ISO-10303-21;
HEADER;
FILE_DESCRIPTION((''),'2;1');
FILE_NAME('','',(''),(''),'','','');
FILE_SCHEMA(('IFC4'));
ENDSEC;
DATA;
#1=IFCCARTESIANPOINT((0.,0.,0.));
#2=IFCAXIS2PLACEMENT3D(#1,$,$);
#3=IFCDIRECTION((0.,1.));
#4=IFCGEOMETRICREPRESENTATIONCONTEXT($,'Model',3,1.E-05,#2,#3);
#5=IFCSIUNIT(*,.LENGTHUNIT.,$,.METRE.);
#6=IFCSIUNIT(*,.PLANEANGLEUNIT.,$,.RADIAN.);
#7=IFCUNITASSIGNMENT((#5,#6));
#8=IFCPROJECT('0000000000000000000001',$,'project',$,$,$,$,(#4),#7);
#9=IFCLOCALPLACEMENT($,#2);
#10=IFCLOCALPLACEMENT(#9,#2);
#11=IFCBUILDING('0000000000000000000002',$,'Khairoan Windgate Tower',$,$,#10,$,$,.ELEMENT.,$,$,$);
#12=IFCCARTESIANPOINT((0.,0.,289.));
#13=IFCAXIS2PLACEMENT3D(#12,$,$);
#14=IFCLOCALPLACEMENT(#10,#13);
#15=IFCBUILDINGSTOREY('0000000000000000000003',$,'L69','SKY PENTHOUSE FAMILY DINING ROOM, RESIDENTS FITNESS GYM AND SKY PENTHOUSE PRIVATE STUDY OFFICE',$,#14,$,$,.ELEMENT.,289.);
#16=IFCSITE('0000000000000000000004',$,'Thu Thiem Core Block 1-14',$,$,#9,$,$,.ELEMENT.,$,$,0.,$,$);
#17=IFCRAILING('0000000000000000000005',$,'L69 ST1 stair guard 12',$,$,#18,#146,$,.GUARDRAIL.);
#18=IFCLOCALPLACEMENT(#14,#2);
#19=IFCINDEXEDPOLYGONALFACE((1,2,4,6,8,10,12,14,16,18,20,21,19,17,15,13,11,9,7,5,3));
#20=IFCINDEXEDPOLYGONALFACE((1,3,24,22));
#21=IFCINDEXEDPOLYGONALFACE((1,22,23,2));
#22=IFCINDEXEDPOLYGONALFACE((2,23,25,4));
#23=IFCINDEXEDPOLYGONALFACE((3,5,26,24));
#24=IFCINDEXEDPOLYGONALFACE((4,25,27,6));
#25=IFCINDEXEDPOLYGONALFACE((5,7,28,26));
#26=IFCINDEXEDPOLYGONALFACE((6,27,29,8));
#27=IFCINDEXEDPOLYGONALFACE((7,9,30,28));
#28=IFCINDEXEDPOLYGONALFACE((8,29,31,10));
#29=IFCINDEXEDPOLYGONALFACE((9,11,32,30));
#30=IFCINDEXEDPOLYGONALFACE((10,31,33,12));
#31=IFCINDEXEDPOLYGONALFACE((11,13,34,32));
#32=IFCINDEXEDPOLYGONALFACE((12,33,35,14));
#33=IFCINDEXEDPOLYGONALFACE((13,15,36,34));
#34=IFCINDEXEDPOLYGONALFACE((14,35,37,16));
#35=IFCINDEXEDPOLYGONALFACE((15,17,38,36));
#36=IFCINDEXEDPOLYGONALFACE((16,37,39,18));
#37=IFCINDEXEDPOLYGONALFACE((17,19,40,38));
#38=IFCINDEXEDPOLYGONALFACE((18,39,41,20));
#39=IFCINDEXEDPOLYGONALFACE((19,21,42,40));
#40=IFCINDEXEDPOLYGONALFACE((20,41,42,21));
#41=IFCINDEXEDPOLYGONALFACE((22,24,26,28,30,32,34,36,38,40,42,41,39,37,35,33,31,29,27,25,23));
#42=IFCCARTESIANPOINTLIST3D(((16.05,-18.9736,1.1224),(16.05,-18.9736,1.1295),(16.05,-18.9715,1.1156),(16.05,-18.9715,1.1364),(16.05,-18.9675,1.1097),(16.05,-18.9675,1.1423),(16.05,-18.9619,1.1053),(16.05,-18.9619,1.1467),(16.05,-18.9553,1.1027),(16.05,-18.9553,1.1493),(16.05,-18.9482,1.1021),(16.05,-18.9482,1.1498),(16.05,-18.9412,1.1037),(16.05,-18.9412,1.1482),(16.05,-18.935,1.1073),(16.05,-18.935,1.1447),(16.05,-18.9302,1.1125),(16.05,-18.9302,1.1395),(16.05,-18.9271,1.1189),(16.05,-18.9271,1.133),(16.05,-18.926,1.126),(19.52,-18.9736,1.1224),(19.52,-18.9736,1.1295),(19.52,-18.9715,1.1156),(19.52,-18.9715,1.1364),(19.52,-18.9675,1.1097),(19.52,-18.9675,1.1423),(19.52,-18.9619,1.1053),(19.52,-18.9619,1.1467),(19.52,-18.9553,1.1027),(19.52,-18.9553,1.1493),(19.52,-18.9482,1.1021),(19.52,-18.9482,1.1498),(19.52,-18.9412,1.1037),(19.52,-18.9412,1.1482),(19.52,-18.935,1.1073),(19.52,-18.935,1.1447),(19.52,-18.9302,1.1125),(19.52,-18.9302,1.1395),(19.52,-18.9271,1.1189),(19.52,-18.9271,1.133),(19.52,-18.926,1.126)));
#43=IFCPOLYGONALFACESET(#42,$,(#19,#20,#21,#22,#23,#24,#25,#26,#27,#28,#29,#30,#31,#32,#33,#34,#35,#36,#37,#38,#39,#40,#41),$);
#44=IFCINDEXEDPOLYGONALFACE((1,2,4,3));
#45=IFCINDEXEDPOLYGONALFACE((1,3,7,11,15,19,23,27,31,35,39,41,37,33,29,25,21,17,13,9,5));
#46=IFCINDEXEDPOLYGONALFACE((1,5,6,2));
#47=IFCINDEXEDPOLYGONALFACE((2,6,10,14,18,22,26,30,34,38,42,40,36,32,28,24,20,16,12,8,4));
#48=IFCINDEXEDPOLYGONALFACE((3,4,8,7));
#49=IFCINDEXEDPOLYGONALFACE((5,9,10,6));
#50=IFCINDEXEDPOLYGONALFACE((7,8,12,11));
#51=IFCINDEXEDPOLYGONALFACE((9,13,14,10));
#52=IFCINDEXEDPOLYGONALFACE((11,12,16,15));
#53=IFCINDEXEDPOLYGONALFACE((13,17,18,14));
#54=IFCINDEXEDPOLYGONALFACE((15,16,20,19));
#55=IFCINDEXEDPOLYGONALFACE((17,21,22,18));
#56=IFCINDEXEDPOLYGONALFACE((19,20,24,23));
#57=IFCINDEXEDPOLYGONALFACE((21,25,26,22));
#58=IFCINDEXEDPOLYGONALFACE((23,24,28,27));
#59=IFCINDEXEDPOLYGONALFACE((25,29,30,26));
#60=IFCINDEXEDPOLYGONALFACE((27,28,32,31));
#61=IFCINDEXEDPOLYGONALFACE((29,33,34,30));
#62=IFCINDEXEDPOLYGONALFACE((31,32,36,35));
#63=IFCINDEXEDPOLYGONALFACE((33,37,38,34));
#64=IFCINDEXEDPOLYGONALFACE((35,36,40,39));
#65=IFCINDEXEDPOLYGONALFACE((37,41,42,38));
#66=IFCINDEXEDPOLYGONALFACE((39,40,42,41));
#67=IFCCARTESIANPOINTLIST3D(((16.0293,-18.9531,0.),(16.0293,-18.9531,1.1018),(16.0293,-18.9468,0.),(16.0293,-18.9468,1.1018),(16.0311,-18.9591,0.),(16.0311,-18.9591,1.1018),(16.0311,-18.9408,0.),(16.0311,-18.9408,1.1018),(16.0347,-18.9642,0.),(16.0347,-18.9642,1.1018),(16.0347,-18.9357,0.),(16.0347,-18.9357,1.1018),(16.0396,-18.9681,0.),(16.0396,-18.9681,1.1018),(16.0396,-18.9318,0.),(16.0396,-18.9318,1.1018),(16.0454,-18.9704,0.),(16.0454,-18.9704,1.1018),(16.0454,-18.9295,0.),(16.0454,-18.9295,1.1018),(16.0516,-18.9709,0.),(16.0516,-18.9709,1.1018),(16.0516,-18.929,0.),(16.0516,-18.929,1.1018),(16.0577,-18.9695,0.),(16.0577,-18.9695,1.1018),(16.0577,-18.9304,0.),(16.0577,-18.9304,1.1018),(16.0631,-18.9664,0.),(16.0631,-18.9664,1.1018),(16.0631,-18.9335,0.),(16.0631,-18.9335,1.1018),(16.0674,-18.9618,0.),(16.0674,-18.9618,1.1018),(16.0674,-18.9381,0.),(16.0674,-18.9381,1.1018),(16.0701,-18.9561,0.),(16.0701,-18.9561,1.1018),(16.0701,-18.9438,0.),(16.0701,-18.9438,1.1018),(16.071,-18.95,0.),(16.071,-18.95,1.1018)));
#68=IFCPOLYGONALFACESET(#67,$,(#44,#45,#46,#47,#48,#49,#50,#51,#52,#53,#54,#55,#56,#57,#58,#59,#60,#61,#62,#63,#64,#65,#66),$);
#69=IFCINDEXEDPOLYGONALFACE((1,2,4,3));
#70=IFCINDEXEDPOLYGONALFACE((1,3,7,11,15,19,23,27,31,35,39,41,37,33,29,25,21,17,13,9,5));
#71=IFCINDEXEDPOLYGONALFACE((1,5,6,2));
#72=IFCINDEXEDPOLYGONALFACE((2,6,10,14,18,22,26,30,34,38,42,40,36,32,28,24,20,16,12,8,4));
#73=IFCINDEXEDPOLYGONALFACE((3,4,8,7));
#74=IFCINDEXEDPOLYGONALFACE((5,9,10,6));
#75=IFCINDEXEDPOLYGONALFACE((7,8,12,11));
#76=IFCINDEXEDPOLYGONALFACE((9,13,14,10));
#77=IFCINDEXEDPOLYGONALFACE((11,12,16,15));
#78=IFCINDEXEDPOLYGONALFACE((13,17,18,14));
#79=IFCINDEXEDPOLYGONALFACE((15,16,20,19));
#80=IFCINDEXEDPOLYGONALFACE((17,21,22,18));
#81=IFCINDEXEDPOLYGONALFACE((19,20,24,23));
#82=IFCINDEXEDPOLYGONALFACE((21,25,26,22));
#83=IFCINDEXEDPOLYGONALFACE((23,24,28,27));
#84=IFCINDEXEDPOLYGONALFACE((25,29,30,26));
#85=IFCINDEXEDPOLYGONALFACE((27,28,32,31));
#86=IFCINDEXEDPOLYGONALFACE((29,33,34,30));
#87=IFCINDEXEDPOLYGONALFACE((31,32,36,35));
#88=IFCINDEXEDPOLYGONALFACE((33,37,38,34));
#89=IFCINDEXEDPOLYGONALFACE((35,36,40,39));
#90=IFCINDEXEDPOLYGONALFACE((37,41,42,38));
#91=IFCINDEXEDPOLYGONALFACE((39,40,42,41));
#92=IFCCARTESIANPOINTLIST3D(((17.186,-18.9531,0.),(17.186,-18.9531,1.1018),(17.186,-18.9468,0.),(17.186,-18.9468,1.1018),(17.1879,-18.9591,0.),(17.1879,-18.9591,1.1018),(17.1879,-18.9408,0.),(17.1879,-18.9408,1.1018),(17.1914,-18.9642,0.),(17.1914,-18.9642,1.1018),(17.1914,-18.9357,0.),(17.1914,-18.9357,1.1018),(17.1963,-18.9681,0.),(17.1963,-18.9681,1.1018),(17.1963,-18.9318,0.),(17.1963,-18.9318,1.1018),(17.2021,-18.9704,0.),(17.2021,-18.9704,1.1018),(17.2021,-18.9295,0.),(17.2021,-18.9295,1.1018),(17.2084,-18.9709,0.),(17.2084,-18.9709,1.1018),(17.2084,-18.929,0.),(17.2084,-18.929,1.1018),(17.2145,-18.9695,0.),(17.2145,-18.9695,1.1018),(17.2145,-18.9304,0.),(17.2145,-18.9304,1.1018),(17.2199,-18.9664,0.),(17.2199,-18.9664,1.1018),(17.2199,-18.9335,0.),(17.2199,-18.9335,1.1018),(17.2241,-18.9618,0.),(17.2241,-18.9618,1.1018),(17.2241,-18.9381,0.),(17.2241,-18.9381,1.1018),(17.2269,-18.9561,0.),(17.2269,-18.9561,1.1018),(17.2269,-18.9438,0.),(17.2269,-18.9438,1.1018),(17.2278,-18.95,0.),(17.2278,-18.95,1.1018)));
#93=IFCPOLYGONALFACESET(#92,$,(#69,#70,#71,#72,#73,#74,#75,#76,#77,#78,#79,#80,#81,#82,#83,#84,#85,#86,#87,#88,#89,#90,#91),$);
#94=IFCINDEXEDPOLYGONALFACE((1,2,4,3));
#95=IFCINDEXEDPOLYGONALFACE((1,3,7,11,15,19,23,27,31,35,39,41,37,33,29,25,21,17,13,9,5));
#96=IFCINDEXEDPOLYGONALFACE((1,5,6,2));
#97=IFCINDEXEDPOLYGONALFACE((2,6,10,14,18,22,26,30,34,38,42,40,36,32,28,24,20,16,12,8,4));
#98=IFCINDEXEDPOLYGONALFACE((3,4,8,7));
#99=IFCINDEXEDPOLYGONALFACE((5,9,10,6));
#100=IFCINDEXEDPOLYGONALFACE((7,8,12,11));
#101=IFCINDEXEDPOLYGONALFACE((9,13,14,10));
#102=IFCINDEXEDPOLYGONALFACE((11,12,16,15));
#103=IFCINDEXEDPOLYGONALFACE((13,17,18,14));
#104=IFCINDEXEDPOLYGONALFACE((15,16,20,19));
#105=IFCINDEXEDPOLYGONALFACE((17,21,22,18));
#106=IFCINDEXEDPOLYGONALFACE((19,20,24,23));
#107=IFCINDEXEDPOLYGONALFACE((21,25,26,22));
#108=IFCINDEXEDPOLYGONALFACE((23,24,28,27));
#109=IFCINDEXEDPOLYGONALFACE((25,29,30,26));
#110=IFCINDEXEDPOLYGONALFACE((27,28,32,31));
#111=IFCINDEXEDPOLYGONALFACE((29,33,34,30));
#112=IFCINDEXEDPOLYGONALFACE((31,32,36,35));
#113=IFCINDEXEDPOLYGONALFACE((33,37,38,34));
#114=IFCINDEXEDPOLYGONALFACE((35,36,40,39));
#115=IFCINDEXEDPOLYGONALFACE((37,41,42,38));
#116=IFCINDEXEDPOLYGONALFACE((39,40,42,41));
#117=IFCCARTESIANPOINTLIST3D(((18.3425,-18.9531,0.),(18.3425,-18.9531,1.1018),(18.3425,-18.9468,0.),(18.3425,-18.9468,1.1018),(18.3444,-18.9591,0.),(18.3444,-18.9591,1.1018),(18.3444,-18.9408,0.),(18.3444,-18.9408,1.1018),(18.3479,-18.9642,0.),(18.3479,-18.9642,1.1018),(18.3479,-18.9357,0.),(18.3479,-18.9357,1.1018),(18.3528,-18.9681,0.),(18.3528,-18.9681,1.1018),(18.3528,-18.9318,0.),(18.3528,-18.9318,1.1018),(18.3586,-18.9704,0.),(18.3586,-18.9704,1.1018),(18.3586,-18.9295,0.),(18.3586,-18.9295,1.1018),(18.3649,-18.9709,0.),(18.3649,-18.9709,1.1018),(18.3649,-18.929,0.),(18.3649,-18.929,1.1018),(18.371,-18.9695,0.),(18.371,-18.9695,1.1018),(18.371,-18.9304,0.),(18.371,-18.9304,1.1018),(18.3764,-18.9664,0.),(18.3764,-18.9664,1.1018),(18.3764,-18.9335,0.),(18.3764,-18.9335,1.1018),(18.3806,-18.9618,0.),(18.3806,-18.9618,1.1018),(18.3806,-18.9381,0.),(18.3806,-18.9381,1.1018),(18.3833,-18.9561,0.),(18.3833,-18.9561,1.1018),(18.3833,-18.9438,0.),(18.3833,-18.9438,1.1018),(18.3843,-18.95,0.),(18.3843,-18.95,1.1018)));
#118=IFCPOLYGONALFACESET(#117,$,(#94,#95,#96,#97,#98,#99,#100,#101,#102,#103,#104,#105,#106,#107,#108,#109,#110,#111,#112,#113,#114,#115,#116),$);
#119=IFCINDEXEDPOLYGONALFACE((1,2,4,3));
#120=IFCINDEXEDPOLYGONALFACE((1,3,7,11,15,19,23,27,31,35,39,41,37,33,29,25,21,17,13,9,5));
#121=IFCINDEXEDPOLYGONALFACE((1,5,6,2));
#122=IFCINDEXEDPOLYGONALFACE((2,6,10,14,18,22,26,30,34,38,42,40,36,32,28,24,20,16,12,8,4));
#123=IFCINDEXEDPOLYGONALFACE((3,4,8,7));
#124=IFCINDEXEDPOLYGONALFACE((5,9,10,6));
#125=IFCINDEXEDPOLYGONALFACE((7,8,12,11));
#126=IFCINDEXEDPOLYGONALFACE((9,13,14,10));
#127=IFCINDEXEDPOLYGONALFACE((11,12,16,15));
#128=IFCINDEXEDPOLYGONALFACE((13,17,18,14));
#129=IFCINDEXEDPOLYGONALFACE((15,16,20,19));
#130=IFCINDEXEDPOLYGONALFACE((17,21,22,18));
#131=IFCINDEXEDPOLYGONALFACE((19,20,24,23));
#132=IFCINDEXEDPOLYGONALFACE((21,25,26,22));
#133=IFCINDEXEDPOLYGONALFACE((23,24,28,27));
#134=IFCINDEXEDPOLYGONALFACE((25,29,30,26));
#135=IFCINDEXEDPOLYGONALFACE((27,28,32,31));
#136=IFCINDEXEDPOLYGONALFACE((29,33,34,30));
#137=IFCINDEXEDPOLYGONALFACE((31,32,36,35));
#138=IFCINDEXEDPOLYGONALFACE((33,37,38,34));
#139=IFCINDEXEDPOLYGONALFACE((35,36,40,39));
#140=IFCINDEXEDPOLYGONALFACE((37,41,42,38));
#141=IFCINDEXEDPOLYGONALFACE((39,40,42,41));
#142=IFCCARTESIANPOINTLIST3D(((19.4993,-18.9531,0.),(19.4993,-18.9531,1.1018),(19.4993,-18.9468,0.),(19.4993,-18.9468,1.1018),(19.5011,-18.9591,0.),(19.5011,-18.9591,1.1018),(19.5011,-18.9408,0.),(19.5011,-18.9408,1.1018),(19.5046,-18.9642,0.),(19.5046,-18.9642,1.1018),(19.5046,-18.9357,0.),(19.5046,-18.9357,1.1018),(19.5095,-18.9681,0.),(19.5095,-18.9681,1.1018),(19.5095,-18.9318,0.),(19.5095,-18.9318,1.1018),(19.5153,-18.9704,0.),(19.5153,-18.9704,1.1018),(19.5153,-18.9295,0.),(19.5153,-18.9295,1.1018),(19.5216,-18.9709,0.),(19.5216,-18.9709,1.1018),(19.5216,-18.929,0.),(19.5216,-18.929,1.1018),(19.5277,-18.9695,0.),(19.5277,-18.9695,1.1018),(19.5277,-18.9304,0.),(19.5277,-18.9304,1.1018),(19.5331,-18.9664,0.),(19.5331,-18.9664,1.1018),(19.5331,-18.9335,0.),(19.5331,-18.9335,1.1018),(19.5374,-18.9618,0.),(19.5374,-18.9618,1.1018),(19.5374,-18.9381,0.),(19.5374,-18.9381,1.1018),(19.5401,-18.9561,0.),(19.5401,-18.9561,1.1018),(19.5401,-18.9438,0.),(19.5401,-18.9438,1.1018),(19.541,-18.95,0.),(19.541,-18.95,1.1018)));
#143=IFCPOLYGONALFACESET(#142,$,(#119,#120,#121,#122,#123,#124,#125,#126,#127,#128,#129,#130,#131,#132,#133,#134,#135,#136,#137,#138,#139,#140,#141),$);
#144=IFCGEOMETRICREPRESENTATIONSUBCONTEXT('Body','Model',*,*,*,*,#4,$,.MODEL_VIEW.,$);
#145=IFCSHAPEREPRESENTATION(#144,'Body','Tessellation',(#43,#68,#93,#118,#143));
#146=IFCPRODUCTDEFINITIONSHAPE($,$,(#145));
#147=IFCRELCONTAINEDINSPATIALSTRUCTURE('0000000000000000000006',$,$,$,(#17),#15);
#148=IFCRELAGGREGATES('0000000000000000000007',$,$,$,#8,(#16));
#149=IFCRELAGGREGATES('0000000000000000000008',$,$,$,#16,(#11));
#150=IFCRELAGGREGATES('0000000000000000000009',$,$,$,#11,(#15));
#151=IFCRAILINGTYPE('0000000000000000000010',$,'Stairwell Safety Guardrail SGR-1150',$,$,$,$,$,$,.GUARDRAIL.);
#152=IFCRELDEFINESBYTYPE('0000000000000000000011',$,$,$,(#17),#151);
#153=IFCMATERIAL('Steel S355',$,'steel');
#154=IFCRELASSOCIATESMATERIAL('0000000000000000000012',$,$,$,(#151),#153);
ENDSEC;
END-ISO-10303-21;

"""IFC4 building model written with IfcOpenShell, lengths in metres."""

from ifc_helpers import new_model, si_unit, direction, frame, origin, origin_2d, place, context, subcontext, project, spatial, circle, extrude, material, type_object, element, save


model = new_model("IFC4")

# Units and contexts
model_context = context("Model", 3, precision=1e-05, world=origin(), true_north=direction((0.0, 1.0)))
body_context = subcontext(model_context, "Body", "Model", "MODEL_VIEW")
ifc_project = project(units=[si_unit("LENGTHUNIT", "METRE"), si_unit("PLANEANGLEUNIT", "RADIAN")], contexts=[model_context])

# Site, building, storey
site_placement = place(None, origin())
site = spatial("IfcSite", under=ifc_project, at=site_placement, Name="Thu Thiem Core Block 1-14", CompositionType="ELEMENT", RefElevation=0.0)
building_placement = place(site_placement, origin())
building = spatial("IfcBuilding", under=site, at=building_placement, Name="Khairoan Windgate Tower", CompositionType="ELEMENT")
storey_placement = place(building_placement, frame((0.0, 0.0, 289.0)))
storey = spatial("IfcBuildingStorey", under=building, at=storey_placement, Name="L69", Description="SKY PENTHOUSE FAMILY DINING ROOM, RESIDENTS FITNESS GYM AND SKY PENTHOUSE PRIVATE STUDY OFFICE", CompositionType="ELEMENT", Elevation=289.0)

# Railing
ifc_material_1 = material(Name="Steel S355", Category="steel")
railing_type = type_object("IfcRailingType", Name="Stairwell Safety Guardrail SGR-1150", PredefinedType="GUARDRAIL", material=ifc_material_1)
railing_1_placement = place(storey_placement, frame((16.05, -18.95, 0.0)))
element("IfcRailing", 1, at=railing_1_placement, inside=storey, type_object=railing_type, Name="L69 ST1 stair guard 12", PredefinedType="GUARDRAIL", context=body_context, shape_type="SweptSolid", body=[
    extrude(circle(Radius=0.0239, at=origin_2d()), frame((0.0, 0.0, 1.126), z_axis=(1.0, 0.0, 0.0), x_axis=(0.0, 1.0, 0.0)), (0.0, 0.0, 1.0), 3.47),
    extrude(circle(Radius=0.021, at=origin_2d()), origin(), (0.0, 0.0, 1.0), 1.1018),
    extrude(circle(Radius=0.021, at=origin_2d()), frame((1.1567, 0.0, 0.0)), (0.0, 0.0, 1.0), 1.1018),
    extrude(circle(Radius=0.021, at=origin_2d()), frame((2.3132, 0.0, 0.0)), (0.0, 0.0, 1.0), 1.1018),
    extrude(circle(Radius=0.021, at=origin_2d()), frame((3.47, 0.0, 0.0)), (0.0, 0.0, 1.0), 1.1018),
])

save(model, "model.ifc")
